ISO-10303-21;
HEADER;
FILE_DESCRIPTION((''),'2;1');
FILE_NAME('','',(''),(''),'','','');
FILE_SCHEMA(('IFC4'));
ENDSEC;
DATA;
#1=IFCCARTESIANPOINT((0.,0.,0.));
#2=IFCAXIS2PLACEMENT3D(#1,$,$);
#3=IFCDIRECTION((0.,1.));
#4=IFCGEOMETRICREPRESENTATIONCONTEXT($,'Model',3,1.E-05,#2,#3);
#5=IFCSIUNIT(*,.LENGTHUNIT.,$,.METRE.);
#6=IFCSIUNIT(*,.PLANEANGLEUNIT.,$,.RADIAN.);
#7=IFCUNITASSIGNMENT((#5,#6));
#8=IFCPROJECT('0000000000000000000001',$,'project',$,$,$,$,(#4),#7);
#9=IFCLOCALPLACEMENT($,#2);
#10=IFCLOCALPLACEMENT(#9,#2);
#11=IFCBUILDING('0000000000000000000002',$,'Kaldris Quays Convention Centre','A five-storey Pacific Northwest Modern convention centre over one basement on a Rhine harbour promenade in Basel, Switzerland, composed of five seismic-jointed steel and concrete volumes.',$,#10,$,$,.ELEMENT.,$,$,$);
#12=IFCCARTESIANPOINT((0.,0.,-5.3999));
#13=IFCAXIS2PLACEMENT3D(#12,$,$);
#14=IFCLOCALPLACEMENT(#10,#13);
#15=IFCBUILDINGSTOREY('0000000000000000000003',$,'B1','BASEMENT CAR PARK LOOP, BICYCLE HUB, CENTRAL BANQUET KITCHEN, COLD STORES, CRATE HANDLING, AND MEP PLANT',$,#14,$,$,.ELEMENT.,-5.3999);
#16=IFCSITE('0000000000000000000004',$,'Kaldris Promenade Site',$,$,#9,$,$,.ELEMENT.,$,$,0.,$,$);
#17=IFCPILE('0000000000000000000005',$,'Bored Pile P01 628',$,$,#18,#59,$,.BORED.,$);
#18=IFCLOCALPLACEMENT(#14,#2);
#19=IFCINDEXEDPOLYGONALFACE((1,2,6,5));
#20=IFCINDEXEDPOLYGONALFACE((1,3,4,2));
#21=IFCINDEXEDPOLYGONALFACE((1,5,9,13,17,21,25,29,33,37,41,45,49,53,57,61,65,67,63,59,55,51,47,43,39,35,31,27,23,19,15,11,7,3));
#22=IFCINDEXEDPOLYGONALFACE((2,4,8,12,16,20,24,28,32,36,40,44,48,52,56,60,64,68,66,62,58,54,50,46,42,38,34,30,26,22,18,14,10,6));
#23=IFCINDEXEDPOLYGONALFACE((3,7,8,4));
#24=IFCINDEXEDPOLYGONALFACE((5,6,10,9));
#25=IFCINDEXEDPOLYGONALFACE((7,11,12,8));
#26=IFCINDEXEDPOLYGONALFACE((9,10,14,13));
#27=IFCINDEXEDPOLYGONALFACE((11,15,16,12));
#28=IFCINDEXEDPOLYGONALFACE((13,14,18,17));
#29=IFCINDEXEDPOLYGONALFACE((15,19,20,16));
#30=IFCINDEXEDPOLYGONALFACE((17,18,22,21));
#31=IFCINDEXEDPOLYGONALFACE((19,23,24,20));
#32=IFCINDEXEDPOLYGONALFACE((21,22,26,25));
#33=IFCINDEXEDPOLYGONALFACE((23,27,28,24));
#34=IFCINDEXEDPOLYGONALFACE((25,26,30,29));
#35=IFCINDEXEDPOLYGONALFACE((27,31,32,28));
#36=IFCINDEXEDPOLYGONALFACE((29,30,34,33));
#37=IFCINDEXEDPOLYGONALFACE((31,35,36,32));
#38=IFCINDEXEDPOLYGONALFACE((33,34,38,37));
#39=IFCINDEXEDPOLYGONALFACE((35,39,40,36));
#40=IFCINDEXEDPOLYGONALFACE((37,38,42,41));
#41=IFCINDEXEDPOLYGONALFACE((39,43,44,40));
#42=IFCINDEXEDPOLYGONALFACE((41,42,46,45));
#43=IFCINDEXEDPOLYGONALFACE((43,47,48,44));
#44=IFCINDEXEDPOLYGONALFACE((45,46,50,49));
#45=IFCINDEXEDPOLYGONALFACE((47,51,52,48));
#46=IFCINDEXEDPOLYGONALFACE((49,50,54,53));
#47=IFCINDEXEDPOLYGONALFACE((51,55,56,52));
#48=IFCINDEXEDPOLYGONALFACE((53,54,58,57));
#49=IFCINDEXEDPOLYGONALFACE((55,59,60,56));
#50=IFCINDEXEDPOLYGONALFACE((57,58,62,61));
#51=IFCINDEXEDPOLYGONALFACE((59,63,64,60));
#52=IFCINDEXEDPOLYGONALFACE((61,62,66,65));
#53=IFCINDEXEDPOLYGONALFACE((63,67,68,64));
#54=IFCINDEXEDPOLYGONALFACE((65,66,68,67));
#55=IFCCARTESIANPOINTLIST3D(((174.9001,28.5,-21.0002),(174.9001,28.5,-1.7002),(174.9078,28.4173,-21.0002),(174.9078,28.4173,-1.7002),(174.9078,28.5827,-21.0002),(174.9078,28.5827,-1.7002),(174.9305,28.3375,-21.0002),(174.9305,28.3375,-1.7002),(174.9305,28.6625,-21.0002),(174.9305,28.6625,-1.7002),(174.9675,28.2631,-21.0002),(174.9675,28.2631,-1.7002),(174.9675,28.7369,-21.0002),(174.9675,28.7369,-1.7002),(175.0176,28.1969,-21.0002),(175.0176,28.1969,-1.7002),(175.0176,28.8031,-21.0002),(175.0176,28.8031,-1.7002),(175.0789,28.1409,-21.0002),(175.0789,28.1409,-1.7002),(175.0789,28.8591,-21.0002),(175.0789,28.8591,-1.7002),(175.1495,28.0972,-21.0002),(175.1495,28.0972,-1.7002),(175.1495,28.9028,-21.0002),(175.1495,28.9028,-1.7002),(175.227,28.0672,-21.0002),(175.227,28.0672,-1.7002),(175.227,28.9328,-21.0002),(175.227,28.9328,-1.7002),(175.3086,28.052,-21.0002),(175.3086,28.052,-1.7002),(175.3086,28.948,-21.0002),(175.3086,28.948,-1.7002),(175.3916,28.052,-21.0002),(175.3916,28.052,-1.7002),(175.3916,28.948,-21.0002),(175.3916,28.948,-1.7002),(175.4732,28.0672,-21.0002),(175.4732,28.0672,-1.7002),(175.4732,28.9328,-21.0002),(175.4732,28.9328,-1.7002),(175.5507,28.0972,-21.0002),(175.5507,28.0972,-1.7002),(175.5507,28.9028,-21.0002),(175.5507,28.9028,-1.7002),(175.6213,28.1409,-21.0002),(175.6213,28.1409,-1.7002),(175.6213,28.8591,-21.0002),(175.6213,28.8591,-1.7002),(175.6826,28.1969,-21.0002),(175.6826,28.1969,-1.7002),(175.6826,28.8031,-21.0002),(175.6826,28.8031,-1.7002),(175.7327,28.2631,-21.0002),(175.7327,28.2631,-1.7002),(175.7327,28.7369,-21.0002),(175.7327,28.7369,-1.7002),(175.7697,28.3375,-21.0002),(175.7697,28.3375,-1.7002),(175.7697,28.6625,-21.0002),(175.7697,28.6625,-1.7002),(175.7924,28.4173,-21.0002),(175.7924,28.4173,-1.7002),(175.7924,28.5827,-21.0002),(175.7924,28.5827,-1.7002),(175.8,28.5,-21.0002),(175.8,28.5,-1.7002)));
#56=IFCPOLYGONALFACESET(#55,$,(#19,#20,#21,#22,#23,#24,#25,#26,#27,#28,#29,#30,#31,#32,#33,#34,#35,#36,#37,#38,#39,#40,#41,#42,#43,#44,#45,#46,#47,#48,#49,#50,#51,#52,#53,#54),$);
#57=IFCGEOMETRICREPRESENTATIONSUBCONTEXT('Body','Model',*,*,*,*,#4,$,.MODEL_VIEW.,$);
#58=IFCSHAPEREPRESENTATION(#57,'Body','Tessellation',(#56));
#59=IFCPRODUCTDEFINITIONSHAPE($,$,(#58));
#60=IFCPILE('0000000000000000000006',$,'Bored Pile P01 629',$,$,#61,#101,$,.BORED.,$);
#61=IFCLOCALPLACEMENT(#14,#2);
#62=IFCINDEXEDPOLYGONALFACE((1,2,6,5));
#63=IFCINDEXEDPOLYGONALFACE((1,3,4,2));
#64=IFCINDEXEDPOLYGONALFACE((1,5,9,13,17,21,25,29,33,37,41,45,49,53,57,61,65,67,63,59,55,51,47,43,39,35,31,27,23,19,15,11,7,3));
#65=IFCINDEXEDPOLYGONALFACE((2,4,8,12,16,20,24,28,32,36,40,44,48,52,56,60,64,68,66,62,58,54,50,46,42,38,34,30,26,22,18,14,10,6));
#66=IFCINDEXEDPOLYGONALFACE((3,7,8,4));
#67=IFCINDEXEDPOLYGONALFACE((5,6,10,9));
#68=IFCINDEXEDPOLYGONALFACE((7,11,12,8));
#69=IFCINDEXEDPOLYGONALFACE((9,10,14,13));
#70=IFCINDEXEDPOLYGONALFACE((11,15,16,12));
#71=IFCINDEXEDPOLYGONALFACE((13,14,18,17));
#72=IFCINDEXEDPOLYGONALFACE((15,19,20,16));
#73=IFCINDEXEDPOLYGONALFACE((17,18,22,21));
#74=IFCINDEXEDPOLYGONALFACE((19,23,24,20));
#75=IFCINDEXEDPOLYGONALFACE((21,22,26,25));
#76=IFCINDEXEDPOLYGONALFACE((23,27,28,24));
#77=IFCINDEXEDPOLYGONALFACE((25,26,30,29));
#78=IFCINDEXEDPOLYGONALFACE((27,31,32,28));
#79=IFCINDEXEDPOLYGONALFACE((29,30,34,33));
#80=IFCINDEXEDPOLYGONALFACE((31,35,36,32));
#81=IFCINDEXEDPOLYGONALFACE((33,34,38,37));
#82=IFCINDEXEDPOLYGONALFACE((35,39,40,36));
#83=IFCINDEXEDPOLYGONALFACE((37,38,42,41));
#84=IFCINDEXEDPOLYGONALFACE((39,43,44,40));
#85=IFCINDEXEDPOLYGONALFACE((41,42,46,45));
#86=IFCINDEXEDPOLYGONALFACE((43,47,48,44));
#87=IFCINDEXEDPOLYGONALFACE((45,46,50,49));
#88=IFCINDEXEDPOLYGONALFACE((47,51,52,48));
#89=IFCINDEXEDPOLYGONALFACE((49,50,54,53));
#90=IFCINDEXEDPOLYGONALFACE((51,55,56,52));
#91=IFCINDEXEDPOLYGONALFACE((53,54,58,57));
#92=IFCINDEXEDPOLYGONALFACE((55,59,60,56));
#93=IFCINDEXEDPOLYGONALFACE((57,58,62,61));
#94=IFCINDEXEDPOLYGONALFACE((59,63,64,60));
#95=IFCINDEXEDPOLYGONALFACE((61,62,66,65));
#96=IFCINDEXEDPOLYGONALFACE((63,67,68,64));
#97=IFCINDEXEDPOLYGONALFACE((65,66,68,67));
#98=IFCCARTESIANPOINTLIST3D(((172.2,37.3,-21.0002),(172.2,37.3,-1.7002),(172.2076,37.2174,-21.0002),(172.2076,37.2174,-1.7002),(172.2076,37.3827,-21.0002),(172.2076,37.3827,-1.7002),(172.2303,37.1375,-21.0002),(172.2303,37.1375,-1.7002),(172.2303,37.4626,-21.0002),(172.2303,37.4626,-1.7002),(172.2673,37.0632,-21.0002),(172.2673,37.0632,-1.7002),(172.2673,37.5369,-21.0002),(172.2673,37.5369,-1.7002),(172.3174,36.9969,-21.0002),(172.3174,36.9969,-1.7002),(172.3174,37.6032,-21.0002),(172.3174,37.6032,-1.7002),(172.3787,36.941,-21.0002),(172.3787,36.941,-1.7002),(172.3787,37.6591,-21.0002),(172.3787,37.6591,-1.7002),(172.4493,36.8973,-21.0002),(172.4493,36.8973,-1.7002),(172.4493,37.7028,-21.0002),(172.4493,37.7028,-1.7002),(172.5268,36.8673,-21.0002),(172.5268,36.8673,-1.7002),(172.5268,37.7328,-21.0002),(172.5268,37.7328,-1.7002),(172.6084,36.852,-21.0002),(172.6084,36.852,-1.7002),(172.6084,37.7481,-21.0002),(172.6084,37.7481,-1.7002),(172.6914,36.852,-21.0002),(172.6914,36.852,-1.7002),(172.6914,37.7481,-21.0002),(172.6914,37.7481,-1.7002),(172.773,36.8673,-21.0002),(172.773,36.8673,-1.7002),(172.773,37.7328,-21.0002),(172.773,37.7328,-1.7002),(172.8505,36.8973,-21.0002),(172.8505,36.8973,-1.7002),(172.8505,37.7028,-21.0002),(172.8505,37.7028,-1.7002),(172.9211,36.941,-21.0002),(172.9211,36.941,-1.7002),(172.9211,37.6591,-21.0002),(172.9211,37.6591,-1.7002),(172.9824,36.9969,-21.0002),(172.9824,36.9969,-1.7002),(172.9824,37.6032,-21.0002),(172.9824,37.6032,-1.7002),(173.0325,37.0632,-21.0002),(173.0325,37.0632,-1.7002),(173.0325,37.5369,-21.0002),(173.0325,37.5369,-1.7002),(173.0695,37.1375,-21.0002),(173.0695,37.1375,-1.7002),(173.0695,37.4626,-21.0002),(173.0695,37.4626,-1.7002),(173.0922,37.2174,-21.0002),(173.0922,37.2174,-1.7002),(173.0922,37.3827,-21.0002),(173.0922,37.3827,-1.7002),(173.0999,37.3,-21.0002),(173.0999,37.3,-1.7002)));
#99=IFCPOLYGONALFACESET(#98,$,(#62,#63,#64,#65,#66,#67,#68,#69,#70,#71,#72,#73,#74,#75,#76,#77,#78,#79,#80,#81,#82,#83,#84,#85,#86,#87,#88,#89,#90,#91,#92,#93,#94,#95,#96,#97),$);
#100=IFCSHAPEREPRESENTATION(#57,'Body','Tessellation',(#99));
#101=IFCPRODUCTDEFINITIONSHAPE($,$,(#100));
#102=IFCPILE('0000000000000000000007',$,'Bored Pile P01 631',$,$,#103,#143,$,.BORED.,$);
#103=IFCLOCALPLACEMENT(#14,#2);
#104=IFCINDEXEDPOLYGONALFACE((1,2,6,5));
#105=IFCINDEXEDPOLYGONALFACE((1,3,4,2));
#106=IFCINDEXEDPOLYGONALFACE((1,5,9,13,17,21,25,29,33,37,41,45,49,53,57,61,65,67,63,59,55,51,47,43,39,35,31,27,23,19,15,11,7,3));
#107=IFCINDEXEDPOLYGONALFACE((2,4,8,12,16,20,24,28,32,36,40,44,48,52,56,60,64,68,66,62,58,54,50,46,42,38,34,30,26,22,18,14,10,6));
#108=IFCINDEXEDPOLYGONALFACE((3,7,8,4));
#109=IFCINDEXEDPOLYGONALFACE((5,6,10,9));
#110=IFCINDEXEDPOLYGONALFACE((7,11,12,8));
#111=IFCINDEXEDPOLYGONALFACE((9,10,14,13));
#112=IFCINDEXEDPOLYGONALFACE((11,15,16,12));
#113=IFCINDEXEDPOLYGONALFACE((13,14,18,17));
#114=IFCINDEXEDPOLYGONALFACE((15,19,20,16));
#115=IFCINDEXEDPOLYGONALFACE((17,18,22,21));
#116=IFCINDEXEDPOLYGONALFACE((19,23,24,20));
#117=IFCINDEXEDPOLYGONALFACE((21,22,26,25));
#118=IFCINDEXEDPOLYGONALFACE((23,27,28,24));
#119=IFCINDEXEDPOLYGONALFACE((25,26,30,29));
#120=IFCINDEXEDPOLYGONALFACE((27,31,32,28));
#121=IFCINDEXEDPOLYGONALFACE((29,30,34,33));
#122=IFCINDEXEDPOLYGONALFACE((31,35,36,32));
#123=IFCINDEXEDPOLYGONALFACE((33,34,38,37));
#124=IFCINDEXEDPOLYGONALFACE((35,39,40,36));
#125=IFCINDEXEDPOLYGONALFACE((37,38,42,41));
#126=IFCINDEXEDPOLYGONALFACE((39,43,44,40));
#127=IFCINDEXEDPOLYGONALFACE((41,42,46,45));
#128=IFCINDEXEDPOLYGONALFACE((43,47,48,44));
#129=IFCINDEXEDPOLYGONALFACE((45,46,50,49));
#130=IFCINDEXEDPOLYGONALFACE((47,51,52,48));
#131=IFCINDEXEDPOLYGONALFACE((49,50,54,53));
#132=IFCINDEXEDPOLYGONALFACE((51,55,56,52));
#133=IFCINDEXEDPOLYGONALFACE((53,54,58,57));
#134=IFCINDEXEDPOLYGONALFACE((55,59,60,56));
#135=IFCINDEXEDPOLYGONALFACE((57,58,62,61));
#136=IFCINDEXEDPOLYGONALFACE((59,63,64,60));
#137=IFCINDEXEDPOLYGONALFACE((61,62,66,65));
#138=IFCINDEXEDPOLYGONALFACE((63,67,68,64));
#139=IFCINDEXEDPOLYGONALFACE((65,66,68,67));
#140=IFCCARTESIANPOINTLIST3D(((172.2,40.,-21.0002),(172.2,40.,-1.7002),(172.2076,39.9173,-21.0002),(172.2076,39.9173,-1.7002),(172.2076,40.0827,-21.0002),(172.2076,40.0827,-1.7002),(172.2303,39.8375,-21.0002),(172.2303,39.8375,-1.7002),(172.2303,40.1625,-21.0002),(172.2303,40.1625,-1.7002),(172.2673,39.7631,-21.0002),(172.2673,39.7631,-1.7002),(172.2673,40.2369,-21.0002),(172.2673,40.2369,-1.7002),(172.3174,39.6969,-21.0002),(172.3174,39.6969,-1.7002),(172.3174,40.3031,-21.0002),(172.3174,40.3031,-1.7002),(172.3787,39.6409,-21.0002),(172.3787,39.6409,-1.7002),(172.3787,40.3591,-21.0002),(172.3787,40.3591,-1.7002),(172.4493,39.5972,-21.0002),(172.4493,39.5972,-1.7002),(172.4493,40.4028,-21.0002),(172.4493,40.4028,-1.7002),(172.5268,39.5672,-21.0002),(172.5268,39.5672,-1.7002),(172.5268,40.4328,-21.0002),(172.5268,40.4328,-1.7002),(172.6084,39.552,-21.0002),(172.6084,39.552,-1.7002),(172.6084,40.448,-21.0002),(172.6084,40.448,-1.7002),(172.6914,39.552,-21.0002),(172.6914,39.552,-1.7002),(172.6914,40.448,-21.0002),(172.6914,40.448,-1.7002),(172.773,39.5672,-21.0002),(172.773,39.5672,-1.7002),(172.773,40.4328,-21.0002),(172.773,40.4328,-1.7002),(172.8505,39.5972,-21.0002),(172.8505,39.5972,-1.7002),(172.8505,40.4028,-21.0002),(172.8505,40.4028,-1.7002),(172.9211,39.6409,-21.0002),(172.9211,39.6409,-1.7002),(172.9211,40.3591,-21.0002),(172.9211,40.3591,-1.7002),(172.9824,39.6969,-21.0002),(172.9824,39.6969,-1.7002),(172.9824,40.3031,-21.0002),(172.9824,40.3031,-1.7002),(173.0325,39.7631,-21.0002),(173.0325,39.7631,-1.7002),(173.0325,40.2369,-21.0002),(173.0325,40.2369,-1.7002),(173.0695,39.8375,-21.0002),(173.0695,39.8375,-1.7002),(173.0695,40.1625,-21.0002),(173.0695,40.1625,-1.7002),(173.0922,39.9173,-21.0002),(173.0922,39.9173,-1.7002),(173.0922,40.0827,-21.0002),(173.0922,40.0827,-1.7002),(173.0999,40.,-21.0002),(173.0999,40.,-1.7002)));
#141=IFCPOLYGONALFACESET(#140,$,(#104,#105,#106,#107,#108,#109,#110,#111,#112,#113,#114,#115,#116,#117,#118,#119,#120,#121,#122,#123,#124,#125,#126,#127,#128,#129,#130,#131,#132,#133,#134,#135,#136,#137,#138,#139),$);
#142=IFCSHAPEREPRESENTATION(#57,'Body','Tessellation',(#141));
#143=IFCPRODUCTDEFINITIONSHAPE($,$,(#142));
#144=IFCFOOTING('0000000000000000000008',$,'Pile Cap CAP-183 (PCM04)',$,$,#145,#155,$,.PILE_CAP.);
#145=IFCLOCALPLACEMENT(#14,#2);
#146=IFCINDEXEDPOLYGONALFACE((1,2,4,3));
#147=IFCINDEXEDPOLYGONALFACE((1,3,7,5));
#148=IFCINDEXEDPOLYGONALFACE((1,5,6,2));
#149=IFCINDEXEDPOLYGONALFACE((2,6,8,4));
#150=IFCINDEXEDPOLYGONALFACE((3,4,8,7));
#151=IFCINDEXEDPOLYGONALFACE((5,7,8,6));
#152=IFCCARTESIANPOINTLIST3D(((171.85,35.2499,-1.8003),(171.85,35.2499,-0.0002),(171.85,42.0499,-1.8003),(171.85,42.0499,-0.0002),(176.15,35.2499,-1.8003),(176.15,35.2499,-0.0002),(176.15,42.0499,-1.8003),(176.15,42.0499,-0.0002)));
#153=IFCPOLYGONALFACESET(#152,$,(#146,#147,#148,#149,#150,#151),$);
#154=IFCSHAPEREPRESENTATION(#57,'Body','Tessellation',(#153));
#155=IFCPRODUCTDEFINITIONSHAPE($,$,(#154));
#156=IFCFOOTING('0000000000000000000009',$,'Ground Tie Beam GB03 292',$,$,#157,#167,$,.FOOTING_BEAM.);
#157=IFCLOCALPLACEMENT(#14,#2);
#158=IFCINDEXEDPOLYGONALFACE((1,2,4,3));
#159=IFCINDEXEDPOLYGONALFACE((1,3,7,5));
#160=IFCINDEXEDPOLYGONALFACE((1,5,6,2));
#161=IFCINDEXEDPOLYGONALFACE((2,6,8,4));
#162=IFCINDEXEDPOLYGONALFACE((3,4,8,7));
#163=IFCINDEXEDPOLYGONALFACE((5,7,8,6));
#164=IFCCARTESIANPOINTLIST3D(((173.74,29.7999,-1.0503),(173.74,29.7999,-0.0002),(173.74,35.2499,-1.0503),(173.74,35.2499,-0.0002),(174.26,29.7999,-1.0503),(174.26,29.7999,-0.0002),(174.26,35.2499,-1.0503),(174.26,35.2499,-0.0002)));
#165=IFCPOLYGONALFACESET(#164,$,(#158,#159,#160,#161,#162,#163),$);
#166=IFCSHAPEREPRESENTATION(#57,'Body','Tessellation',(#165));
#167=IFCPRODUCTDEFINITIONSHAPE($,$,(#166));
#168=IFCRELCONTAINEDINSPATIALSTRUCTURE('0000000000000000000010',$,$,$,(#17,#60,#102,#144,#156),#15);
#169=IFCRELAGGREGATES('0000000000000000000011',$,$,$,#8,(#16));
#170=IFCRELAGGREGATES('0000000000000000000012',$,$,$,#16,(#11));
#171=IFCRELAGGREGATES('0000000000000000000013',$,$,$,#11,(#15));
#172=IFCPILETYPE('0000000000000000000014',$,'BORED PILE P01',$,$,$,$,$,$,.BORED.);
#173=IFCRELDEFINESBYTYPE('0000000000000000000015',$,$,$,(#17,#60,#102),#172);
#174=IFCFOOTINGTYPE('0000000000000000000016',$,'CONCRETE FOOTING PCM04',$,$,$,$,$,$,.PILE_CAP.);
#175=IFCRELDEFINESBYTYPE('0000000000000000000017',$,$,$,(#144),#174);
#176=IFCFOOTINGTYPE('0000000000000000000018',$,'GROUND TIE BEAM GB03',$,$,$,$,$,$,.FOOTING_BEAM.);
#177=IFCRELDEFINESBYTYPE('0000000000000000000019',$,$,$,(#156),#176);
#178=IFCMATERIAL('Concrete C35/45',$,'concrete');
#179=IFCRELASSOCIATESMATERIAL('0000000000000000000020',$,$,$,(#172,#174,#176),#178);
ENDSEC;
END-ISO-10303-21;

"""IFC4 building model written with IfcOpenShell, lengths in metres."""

from ifc_helpers import new_model, si_unit, direction, frame, origin, origin_2d, place, context, subcontext, project, spatial, rectangle, circle, extrude, material, material_profile, profile_set, type_object, element, save


model = new_model("IFC4")

# Units and contexts
model_context = context("Model", 3, precision=1e-05, world=origin(), true_north=direction((0.0, 1.0)))
body_context = subcontext(model_context, "Body", "Model", "MODEL_VIEW")
ifc_project = project(units=[si_unit("LENGTHUNIT", "METRE"), si_unit("PLANEANGLEUNIT", "RADIAN")], contexts=[model_context])

# Site, building, storey
site_placement = place(None, origin())
site = spatial("IfcSite", under=ifc_project, at=site_placement, Name="Kaldris Promenade Site", CompositionType="ELEMENT", RefElevation=0.0)
building_placement = place(site_placement, origin())
building = spatial("IfcBuilding", under=site, at=building_placement, Name="Kaldris Quays Convention Centre", Description="A five-storey Pacific Northwest Modern convention centre over one basement on a Rhine harbour promenade in Basel, Switzerland, composed of five seismic-jointed steel and concrete volumes.", CompositionType="ELEMENT")
storey_placement = place(building_placement, frame((0.0, 0.0, -5.3999)))
storey = spatial("IfcBuildingStorey", under=building, at=storey_placement, Name="B1", Description="BASEMENT CAR PARK LOOP, BICYCLE HUB, CENTRAL BANQUET KITCHEN, COLD STORES, CRATE HANDLING, AND MEP PLANT", CompositionType="ELEMENT", Elevation=-5.3999)

# Piles
ifc_material_1 = material(Name="Concrete C35/45", Category="concrete")
ifc_material_profile_1 = material_profile(ifc_material_1, circle(Radius=0.45, at=origin_2d()), Name="BORED PILE D900")
ifc_profile_set_1 = profile_set([ifc_material_profile_1], Name="Concrete C35/45")
pile_type = type_object("IfcPileType", Name="BORED PILE P01", PredefinedType="BORED", material=ifc_profile_set_1)
for number, where, z_axis, x_axis, name in (
    (1, (175.3501, 28.5, -1.7002), (0.0, 0.0, -1.0), (1.0, 0.0, 0.0), "Bored Pile P01 628"),
    (2, (172.6499, 37.3, -1.7002), (0.0, 0.0, -1.0), (1.0, 0.0, 0.0), "Bored Pile P01 629"),
    (3, (172.6499, 40.0, -1.7002), (0.0, 0.0, -1.0), (1.0, 0.0, 0.0), "Bored Pile P01 631"),
):
    element("IfcPile", number, at=place(storey_placement, frame(where, z_axis=z_axis, x_axis=x_axis)), inside=storey, type_object=pile_type, Name=name, PredefinedType="BORED", context=body_context, shape_type="SweptSolid", body=[
        extrude(circle(Radius=0.45, at=origin_2d()), origin(), (0.0, 0.0, 1.0), 19.3),
    ])

# Footings
footing_type_1 = type_object("IfcFootingType", Name="CONCRETE FOOTING PCM04", PredefinedType="PILE_CAP", material=ifc_material_1)
footing_1_placement = place(storey_placement, frame((174.0, 38.6499, -1.8003), z_axis=(0.0, 0.0, 1.0), x_axis=(1.0, 0.0, 0.0)))
element("IfcFooting", 4, at=footing_1_placement, inside=storey, type_object=footing_type_1, Name="Pile Cap CAP-183 (PCM04)", PredefinedType="PILE_CAP", context=body_context, shape_type="SweptSolid", body=[
    extrude(rectangle(XDim=4.3, YDim=6.8, at=origin_2d()), origin(), (0.0, 0.0, 1.0), 1.8),
])
footing_type_2 = type_object("IfcFootingType", Name="GROUND TIE BEAM GB03", PredefinedType="FOOTING_BEAM", material=ifc_material_1)
footing_2_placement = place(storey_placement, frame((174.0, 32.5249, -1.0503), z_axis=(0.0, 0.0, 1.0), x_axis=(1.0, 0.0, 0.0)))
element("IfcFooting", 5, at=footing_2_placement, inside=storey, type_object=footing_type_2, Name="Ground Tie Beam GB03 292", PredefinedType="FOOTING_BEAM", context=body_context, shape_type="SweptSolid", body=[
    extrude(rectangle(XDim=0.52, YDim=5.45, at=origin_2d()), origin(), (0.0, 0.0, 1.0), 1.05),
])

save(model, "model.ifc")
